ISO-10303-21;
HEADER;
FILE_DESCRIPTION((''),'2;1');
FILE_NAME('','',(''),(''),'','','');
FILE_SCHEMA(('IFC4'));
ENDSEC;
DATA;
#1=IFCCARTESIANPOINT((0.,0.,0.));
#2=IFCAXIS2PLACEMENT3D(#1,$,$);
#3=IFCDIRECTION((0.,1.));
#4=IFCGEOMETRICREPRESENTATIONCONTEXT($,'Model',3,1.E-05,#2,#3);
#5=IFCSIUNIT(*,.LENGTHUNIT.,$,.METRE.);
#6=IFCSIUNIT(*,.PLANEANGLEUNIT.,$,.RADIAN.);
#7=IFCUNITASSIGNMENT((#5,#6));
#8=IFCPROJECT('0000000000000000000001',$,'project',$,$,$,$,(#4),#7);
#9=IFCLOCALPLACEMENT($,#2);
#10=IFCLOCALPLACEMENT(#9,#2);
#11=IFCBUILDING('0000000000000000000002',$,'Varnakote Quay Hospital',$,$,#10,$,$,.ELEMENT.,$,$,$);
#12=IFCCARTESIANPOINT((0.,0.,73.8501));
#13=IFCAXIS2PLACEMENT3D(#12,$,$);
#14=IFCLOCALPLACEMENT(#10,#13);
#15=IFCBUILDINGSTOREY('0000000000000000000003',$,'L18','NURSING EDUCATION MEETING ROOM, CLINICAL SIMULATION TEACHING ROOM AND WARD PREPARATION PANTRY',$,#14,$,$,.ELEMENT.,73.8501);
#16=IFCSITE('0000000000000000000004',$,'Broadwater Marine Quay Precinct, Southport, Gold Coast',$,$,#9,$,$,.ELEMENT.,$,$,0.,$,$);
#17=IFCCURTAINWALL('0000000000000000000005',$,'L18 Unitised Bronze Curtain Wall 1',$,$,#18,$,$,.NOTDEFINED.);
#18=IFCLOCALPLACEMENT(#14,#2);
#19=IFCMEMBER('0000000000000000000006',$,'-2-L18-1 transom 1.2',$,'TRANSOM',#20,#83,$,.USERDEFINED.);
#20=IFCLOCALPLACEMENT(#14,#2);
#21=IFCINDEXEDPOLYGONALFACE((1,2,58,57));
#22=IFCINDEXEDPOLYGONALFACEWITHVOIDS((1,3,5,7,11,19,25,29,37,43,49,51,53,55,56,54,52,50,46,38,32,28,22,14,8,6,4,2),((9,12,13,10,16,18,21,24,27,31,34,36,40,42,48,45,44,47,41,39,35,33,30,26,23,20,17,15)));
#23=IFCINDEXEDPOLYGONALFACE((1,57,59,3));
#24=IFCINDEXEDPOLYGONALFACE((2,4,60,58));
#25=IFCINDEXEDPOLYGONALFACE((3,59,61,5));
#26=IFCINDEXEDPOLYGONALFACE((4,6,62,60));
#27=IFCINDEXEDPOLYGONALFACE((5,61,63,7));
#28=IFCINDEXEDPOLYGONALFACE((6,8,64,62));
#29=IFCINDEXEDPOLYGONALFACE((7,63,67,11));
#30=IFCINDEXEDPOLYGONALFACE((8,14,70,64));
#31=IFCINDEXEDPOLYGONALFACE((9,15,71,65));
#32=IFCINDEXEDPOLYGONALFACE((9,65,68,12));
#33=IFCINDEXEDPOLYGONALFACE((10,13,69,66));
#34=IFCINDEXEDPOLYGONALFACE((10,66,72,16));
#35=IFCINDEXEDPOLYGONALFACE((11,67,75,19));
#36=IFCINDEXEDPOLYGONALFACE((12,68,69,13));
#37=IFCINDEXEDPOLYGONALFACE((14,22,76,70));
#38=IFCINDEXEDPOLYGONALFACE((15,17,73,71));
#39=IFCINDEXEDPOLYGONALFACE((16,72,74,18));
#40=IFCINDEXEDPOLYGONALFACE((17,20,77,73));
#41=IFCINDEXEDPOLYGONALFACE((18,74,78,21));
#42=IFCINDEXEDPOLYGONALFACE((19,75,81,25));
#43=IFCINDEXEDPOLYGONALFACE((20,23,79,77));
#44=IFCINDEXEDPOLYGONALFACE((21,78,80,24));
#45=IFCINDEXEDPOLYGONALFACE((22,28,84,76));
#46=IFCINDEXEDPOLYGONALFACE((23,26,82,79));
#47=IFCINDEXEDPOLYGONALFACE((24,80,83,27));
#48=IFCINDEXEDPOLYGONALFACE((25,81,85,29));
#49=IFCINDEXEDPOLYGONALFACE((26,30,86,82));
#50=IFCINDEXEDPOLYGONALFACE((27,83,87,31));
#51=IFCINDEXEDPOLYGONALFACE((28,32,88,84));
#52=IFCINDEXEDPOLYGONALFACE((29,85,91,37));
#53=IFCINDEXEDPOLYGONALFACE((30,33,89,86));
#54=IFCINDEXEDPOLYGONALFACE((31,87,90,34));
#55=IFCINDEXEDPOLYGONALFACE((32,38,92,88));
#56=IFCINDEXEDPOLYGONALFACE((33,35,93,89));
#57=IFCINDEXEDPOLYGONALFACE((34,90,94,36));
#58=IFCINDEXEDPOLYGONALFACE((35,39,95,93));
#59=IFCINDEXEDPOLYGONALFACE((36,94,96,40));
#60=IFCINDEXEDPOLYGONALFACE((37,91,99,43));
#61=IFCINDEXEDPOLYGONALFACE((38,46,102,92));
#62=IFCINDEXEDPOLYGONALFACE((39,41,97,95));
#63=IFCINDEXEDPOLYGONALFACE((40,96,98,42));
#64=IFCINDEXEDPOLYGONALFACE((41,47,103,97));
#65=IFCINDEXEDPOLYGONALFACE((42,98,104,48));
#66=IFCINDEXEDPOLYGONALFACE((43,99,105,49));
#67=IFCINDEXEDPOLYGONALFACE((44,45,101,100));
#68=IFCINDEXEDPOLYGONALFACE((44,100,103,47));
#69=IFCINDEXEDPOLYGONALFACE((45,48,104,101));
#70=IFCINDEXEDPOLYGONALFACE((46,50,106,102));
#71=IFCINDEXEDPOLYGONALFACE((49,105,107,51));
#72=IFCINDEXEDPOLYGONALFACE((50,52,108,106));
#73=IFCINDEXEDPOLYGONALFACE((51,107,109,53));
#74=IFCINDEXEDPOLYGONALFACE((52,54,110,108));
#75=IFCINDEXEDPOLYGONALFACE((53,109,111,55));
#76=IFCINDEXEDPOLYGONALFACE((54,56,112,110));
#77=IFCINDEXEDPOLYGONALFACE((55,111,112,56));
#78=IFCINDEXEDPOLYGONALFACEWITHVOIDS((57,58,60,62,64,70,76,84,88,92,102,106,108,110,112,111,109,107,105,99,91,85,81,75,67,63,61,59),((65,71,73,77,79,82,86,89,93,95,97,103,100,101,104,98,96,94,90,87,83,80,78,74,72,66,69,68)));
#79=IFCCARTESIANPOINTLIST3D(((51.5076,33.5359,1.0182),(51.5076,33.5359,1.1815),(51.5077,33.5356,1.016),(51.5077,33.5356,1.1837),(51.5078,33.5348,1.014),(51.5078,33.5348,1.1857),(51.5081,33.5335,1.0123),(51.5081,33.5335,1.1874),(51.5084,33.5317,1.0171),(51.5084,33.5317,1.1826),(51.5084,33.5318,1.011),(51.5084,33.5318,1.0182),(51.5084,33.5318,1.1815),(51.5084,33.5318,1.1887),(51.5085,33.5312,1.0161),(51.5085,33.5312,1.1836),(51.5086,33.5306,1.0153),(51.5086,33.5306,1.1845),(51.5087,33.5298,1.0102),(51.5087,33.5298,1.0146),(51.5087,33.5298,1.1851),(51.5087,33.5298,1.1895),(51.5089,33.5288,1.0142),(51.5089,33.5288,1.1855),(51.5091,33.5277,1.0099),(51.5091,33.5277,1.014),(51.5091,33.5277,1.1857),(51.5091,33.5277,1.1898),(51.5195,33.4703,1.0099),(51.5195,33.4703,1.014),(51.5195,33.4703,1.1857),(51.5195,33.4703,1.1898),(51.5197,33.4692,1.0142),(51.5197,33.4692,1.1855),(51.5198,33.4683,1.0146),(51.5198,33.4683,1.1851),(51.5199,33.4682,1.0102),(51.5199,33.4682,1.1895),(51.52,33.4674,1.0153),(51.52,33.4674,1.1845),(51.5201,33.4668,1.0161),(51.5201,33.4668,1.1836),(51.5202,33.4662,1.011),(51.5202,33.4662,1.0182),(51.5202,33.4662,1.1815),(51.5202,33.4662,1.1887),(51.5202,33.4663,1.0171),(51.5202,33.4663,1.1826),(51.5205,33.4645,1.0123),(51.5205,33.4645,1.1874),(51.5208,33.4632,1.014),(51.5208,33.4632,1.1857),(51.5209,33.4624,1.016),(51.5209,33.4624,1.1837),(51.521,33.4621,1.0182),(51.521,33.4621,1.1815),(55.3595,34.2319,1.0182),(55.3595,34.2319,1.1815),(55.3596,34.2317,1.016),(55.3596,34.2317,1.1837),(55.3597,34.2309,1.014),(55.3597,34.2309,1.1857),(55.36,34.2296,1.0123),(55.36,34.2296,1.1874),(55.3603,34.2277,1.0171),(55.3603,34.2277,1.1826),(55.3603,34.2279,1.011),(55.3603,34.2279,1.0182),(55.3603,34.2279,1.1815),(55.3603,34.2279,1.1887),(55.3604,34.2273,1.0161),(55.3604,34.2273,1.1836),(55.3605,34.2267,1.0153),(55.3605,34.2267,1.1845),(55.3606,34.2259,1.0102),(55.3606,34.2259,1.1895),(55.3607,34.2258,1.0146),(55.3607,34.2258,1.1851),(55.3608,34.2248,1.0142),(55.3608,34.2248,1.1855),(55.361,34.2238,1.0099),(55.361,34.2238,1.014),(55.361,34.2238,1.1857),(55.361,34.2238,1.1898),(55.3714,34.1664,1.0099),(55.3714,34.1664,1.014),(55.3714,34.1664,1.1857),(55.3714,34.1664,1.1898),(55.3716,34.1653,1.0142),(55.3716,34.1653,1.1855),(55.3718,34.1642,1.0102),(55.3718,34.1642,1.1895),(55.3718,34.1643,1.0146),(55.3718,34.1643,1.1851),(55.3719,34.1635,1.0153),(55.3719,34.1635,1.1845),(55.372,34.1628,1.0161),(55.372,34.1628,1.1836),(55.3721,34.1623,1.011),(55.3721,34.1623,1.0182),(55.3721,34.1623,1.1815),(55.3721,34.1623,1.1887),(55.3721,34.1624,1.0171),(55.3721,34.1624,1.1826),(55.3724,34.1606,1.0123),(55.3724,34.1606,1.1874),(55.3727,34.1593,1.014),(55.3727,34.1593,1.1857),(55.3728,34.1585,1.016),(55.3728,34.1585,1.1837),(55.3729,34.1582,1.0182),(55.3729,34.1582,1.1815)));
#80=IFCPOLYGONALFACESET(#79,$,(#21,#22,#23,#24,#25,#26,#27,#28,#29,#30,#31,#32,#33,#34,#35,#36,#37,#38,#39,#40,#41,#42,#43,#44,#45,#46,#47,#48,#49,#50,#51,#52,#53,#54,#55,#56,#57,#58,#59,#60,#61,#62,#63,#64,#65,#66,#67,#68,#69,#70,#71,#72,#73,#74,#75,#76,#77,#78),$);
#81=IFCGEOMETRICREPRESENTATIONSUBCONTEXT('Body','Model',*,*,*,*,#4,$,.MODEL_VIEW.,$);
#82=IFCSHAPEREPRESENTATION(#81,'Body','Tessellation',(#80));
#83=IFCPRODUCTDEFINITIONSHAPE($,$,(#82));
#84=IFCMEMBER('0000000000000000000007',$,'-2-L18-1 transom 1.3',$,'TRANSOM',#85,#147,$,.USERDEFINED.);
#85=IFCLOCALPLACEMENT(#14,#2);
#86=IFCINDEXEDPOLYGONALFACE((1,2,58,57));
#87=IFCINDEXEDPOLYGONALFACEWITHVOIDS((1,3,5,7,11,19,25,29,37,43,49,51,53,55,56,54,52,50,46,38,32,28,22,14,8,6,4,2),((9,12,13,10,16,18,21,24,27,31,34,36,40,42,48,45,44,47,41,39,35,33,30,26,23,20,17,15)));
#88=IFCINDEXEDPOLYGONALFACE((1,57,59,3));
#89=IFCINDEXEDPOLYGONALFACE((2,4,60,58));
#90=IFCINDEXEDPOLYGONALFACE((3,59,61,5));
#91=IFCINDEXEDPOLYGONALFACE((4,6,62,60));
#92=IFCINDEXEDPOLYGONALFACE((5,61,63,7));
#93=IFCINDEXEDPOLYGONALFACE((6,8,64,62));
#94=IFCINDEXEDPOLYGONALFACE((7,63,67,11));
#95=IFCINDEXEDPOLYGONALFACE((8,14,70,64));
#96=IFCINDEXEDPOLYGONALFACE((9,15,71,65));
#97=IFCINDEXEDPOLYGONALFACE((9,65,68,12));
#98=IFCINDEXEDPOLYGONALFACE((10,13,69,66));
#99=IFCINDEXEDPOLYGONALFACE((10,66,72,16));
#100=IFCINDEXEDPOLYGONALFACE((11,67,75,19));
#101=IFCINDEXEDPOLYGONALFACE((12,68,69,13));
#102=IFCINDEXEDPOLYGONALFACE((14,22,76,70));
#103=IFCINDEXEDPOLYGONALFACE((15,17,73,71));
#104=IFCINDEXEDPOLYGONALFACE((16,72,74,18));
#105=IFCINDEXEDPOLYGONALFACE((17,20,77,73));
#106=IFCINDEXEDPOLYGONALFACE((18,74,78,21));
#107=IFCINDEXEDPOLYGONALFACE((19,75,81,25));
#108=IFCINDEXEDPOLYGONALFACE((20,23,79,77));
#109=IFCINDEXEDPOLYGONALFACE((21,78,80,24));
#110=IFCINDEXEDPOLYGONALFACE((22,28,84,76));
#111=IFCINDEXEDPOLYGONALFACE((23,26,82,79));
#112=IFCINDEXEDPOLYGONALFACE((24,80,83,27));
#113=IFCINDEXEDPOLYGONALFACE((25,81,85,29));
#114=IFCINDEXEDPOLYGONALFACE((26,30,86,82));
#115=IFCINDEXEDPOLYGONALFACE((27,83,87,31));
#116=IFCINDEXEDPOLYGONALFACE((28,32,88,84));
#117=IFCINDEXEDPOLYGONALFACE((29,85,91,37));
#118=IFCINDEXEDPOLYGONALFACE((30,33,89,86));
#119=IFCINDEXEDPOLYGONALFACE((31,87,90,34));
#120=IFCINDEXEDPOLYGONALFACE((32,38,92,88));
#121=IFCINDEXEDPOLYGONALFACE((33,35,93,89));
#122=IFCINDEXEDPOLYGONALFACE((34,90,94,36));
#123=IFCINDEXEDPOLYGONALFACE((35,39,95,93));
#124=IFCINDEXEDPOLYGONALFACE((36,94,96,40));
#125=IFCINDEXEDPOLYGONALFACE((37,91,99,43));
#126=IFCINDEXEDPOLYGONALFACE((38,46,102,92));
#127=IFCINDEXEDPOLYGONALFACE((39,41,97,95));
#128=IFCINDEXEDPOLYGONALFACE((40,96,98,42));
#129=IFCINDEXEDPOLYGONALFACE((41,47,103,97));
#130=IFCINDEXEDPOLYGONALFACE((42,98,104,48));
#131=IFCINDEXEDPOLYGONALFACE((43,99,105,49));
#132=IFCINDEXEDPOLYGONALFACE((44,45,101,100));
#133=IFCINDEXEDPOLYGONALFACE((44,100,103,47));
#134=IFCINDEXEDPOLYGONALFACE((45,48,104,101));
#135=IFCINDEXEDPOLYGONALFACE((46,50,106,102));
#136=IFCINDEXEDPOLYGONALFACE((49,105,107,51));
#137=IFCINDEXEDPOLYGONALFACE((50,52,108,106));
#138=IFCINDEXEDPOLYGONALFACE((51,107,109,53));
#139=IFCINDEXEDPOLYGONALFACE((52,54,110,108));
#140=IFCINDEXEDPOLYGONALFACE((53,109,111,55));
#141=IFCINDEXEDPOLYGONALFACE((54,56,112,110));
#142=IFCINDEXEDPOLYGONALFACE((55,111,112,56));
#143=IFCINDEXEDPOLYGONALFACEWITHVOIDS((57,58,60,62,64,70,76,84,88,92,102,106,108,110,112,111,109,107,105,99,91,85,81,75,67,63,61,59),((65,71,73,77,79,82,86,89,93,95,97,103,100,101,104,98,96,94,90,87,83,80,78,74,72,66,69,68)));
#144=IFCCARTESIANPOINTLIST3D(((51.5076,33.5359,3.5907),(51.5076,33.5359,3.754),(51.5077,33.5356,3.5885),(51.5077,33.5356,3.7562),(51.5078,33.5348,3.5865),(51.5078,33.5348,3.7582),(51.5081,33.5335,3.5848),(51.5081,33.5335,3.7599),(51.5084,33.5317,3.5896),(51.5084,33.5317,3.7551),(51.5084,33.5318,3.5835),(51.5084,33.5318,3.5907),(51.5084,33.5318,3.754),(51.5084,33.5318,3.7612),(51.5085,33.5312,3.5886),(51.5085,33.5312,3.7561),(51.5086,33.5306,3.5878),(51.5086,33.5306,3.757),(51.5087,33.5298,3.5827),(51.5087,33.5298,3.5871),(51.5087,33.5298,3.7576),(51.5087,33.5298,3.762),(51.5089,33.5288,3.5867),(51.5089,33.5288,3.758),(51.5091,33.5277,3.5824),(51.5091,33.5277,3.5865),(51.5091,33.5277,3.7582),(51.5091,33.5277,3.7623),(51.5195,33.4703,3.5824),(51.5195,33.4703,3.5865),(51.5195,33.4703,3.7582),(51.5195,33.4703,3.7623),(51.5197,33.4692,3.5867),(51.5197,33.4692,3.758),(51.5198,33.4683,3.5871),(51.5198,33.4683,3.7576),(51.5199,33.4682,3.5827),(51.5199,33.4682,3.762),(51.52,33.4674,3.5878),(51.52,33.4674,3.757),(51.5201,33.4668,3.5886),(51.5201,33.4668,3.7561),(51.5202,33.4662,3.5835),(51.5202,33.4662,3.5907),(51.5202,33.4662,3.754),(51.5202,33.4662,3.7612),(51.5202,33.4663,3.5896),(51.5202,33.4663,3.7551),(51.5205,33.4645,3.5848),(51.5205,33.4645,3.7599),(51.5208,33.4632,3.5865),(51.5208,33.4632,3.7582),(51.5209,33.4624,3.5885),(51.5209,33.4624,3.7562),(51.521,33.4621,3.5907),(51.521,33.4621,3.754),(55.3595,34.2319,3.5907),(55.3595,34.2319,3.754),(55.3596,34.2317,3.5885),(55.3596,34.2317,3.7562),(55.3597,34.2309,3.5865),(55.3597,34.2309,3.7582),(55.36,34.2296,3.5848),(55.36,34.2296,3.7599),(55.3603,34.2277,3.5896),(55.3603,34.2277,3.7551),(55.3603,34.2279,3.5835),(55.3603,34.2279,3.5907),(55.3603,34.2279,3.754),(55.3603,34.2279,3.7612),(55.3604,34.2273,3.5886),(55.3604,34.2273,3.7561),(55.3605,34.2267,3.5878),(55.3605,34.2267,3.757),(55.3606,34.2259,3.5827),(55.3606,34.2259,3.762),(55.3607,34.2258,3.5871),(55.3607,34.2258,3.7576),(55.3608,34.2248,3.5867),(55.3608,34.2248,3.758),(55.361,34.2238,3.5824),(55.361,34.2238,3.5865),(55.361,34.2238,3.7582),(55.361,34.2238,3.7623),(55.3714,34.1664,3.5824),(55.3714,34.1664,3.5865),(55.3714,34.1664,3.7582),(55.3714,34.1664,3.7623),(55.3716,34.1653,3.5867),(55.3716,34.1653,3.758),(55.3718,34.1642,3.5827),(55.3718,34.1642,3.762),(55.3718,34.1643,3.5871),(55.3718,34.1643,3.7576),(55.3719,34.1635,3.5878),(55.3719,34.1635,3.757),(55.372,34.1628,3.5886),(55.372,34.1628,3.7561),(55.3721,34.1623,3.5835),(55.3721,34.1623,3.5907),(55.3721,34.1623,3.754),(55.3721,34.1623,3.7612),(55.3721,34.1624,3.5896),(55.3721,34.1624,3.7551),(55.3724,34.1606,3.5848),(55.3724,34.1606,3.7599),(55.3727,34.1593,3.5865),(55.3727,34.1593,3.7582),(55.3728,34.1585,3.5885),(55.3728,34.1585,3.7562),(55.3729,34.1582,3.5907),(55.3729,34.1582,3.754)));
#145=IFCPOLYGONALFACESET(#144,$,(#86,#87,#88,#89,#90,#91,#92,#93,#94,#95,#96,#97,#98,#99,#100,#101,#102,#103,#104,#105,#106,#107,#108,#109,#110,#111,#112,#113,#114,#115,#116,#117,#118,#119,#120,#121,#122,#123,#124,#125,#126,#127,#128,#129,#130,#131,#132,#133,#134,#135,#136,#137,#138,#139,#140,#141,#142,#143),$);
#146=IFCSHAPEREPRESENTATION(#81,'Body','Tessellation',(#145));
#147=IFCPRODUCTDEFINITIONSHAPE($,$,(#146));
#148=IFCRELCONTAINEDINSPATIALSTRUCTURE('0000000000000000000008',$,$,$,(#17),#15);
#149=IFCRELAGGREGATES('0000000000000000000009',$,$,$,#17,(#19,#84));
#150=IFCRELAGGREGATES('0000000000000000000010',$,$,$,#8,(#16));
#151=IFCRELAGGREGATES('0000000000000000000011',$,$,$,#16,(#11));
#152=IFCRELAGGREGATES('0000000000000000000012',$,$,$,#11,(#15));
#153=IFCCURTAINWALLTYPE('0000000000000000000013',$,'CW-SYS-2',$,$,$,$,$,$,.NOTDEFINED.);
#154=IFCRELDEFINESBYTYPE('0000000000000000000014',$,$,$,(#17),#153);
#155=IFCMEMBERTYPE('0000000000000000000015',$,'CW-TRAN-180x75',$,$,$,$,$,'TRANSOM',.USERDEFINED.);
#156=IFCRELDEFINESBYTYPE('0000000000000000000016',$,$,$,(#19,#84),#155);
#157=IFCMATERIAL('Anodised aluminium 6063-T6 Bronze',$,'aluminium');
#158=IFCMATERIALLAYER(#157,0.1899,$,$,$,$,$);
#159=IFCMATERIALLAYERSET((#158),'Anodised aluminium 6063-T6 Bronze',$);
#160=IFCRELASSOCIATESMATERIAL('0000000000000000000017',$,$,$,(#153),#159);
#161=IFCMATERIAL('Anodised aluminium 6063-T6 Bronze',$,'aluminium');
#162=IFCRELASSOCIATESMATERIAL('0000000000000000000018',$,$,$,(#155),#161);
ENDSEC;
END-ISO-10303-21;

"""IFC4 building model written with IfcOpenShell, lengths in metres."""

from ifc_helpers import new_model, si_unit, direction, frame, origin, origin_2d, place, context, subcontext, project, spatial, hollow_rectangle, extrude, material, layer, layer_set, material_profile, profile_set, type_object, element, aggregate, save


model = new_model("IFC4")

# Units and contexts
model_context = context("Model", 3, precision=1e-05, world=origin(), true_north=direction((0.0, 1.0)))
body_context = subcontext(model_context, "Body", "Model", "MODEL_VIEW")
ifc_project = project(units=[si_unit("LENGTHUNIT", "METRE"), si_unit("PLANEANGLEUNIT", "RADIAN")], contexts=[model_context])

# Site, building, storey
site_placement = place(None, origin())
site = spatial("IfcSite", under=ifc_project, at=site_placement, Name="Broadwater Marine Quay Precinct, Southport, Gold Coast", CompositionType="ELEMENT", RefElevation=0.0)
building_placement = place(site_placement, origin())
building = spatial("IfcBuilding", under=site, at=building_placement, Name="Varnakote Quay Hospital", CompositionType="ELEMENT")
storey_placement = place(building_placement, frame((0.0, 0.0, 73.8501)))
storey = spatial("IfcBuildingStorey", under=building, at=storey_placement, Name="L18", Description="NURSING EDUCATION MEETING ROOM, CLINICAL SIMULATION TEACHING ROOM AND WARD PREPARATION PANTRY", CompositionType="ELEMENT", Elevation=73.8501)

# Curtain wall, members
ifc_material_1 = material(Name="Anodised aluminium 6063-T6 Bronze", Category="aluminium")
ifc_layer_1 = layer(ifc_material_1, 0.1899)
ifc_layer_set_1 = layer_set([ifc_layer_1], Name="Anodised aluminium 6063-T6 Bronze")
curtain_wall_type = type_object("IfcCurtainWallType", Name="CW-SYS-2", PredefinedType="NOTDEFINED", material=ifc_layer_set_1)
curtain_wall_placement = place(storey_placement, origin())
curtain_wall = element("IfcCurtainWall", 1, at=curtain_wall_placement, inside=storey, type_object=curtain_wall_type, Name="L18 Unitised Bronze Curtain Wall 1", PredefinedType="NOTDEFINED")
ifc_material_2 = material(Name="Anodised aluminium 6063-T6 Bronze", Category="aluminium")
ifc_material_profile_1 = material_profile(ifc_material_2, hollow_rectangle(XDim=0.075, YDim=0.1799, WallThickness=0.0042, InnerFilletRadius=0.0042, OuterFilletRadius=0.0083, at=origin_2d()), Name="CW-TRAN-180x75")
ifc_profile_set_1 = profile_set([ifc_material_profile_1], Name="Anodised aluminium 6063-T6 Bronze")
member_type_1 = type_object("IfcMemberType", Name="CW-TRAN-180x75", ElementType="TRANSOM", PredefinedType="USERDEFINED", material=ifc_profile_set_1)
member_1_placement = place(storey_placement, frame((55.3662, 34.1951, 1.0999), z_axis=(-0.984062, -0.177826, 0.0), x_axis=(0.177826, -0.984062, 0.0)))
member_1 = element("IfcMember", 2, at=member_1_placement, type_object=member_type_1, Name="-2-L18-1 transom 1.2", ObjectType="TRANSOM", PredefinedType="USERDEFINED", context=body_context, shape_type="SweptSolid", body=[
    extrude(hollow_rectangle(XDim=0.075, YDim=0.1799, WallThickness=0.0042, InnerFilletRadius=0.0042, OuterFilletRadius=0.0083, at=origin_2d()), origin(), (0.0, 0.0, 1.0), 3.9143),
])
member_2_placement = place(storey_placement, frame((55.3662, 34.1951, 3.6724), z_axis=(-0.984062, -0.177826, 0.0), x_axis=(0.177826, -0.984062, 0.0)))
member_2 = element("IfcMember", 3, at=member_2_placement, type_object=member_type_1, Name="-2-L18-1 transom 1.3", ObjectType="TRANSOM", PredefinedType="USERDEFINED", context=body_context, shape_type="SweptSolid", body=[
    extrude(hollow_rectangle(XDim=0.075, YDim=0.1799, WallThickness=0.0042, InnerFilletRadius=0.0042, OuterFilletRadius=0.0083, at=origin_2d()), origin(), (0.0, 0.0, 1.0), 3.9143),
])
aggregate(curtain_wall, [member_1, member_2])

save(model, "model.ifc")
